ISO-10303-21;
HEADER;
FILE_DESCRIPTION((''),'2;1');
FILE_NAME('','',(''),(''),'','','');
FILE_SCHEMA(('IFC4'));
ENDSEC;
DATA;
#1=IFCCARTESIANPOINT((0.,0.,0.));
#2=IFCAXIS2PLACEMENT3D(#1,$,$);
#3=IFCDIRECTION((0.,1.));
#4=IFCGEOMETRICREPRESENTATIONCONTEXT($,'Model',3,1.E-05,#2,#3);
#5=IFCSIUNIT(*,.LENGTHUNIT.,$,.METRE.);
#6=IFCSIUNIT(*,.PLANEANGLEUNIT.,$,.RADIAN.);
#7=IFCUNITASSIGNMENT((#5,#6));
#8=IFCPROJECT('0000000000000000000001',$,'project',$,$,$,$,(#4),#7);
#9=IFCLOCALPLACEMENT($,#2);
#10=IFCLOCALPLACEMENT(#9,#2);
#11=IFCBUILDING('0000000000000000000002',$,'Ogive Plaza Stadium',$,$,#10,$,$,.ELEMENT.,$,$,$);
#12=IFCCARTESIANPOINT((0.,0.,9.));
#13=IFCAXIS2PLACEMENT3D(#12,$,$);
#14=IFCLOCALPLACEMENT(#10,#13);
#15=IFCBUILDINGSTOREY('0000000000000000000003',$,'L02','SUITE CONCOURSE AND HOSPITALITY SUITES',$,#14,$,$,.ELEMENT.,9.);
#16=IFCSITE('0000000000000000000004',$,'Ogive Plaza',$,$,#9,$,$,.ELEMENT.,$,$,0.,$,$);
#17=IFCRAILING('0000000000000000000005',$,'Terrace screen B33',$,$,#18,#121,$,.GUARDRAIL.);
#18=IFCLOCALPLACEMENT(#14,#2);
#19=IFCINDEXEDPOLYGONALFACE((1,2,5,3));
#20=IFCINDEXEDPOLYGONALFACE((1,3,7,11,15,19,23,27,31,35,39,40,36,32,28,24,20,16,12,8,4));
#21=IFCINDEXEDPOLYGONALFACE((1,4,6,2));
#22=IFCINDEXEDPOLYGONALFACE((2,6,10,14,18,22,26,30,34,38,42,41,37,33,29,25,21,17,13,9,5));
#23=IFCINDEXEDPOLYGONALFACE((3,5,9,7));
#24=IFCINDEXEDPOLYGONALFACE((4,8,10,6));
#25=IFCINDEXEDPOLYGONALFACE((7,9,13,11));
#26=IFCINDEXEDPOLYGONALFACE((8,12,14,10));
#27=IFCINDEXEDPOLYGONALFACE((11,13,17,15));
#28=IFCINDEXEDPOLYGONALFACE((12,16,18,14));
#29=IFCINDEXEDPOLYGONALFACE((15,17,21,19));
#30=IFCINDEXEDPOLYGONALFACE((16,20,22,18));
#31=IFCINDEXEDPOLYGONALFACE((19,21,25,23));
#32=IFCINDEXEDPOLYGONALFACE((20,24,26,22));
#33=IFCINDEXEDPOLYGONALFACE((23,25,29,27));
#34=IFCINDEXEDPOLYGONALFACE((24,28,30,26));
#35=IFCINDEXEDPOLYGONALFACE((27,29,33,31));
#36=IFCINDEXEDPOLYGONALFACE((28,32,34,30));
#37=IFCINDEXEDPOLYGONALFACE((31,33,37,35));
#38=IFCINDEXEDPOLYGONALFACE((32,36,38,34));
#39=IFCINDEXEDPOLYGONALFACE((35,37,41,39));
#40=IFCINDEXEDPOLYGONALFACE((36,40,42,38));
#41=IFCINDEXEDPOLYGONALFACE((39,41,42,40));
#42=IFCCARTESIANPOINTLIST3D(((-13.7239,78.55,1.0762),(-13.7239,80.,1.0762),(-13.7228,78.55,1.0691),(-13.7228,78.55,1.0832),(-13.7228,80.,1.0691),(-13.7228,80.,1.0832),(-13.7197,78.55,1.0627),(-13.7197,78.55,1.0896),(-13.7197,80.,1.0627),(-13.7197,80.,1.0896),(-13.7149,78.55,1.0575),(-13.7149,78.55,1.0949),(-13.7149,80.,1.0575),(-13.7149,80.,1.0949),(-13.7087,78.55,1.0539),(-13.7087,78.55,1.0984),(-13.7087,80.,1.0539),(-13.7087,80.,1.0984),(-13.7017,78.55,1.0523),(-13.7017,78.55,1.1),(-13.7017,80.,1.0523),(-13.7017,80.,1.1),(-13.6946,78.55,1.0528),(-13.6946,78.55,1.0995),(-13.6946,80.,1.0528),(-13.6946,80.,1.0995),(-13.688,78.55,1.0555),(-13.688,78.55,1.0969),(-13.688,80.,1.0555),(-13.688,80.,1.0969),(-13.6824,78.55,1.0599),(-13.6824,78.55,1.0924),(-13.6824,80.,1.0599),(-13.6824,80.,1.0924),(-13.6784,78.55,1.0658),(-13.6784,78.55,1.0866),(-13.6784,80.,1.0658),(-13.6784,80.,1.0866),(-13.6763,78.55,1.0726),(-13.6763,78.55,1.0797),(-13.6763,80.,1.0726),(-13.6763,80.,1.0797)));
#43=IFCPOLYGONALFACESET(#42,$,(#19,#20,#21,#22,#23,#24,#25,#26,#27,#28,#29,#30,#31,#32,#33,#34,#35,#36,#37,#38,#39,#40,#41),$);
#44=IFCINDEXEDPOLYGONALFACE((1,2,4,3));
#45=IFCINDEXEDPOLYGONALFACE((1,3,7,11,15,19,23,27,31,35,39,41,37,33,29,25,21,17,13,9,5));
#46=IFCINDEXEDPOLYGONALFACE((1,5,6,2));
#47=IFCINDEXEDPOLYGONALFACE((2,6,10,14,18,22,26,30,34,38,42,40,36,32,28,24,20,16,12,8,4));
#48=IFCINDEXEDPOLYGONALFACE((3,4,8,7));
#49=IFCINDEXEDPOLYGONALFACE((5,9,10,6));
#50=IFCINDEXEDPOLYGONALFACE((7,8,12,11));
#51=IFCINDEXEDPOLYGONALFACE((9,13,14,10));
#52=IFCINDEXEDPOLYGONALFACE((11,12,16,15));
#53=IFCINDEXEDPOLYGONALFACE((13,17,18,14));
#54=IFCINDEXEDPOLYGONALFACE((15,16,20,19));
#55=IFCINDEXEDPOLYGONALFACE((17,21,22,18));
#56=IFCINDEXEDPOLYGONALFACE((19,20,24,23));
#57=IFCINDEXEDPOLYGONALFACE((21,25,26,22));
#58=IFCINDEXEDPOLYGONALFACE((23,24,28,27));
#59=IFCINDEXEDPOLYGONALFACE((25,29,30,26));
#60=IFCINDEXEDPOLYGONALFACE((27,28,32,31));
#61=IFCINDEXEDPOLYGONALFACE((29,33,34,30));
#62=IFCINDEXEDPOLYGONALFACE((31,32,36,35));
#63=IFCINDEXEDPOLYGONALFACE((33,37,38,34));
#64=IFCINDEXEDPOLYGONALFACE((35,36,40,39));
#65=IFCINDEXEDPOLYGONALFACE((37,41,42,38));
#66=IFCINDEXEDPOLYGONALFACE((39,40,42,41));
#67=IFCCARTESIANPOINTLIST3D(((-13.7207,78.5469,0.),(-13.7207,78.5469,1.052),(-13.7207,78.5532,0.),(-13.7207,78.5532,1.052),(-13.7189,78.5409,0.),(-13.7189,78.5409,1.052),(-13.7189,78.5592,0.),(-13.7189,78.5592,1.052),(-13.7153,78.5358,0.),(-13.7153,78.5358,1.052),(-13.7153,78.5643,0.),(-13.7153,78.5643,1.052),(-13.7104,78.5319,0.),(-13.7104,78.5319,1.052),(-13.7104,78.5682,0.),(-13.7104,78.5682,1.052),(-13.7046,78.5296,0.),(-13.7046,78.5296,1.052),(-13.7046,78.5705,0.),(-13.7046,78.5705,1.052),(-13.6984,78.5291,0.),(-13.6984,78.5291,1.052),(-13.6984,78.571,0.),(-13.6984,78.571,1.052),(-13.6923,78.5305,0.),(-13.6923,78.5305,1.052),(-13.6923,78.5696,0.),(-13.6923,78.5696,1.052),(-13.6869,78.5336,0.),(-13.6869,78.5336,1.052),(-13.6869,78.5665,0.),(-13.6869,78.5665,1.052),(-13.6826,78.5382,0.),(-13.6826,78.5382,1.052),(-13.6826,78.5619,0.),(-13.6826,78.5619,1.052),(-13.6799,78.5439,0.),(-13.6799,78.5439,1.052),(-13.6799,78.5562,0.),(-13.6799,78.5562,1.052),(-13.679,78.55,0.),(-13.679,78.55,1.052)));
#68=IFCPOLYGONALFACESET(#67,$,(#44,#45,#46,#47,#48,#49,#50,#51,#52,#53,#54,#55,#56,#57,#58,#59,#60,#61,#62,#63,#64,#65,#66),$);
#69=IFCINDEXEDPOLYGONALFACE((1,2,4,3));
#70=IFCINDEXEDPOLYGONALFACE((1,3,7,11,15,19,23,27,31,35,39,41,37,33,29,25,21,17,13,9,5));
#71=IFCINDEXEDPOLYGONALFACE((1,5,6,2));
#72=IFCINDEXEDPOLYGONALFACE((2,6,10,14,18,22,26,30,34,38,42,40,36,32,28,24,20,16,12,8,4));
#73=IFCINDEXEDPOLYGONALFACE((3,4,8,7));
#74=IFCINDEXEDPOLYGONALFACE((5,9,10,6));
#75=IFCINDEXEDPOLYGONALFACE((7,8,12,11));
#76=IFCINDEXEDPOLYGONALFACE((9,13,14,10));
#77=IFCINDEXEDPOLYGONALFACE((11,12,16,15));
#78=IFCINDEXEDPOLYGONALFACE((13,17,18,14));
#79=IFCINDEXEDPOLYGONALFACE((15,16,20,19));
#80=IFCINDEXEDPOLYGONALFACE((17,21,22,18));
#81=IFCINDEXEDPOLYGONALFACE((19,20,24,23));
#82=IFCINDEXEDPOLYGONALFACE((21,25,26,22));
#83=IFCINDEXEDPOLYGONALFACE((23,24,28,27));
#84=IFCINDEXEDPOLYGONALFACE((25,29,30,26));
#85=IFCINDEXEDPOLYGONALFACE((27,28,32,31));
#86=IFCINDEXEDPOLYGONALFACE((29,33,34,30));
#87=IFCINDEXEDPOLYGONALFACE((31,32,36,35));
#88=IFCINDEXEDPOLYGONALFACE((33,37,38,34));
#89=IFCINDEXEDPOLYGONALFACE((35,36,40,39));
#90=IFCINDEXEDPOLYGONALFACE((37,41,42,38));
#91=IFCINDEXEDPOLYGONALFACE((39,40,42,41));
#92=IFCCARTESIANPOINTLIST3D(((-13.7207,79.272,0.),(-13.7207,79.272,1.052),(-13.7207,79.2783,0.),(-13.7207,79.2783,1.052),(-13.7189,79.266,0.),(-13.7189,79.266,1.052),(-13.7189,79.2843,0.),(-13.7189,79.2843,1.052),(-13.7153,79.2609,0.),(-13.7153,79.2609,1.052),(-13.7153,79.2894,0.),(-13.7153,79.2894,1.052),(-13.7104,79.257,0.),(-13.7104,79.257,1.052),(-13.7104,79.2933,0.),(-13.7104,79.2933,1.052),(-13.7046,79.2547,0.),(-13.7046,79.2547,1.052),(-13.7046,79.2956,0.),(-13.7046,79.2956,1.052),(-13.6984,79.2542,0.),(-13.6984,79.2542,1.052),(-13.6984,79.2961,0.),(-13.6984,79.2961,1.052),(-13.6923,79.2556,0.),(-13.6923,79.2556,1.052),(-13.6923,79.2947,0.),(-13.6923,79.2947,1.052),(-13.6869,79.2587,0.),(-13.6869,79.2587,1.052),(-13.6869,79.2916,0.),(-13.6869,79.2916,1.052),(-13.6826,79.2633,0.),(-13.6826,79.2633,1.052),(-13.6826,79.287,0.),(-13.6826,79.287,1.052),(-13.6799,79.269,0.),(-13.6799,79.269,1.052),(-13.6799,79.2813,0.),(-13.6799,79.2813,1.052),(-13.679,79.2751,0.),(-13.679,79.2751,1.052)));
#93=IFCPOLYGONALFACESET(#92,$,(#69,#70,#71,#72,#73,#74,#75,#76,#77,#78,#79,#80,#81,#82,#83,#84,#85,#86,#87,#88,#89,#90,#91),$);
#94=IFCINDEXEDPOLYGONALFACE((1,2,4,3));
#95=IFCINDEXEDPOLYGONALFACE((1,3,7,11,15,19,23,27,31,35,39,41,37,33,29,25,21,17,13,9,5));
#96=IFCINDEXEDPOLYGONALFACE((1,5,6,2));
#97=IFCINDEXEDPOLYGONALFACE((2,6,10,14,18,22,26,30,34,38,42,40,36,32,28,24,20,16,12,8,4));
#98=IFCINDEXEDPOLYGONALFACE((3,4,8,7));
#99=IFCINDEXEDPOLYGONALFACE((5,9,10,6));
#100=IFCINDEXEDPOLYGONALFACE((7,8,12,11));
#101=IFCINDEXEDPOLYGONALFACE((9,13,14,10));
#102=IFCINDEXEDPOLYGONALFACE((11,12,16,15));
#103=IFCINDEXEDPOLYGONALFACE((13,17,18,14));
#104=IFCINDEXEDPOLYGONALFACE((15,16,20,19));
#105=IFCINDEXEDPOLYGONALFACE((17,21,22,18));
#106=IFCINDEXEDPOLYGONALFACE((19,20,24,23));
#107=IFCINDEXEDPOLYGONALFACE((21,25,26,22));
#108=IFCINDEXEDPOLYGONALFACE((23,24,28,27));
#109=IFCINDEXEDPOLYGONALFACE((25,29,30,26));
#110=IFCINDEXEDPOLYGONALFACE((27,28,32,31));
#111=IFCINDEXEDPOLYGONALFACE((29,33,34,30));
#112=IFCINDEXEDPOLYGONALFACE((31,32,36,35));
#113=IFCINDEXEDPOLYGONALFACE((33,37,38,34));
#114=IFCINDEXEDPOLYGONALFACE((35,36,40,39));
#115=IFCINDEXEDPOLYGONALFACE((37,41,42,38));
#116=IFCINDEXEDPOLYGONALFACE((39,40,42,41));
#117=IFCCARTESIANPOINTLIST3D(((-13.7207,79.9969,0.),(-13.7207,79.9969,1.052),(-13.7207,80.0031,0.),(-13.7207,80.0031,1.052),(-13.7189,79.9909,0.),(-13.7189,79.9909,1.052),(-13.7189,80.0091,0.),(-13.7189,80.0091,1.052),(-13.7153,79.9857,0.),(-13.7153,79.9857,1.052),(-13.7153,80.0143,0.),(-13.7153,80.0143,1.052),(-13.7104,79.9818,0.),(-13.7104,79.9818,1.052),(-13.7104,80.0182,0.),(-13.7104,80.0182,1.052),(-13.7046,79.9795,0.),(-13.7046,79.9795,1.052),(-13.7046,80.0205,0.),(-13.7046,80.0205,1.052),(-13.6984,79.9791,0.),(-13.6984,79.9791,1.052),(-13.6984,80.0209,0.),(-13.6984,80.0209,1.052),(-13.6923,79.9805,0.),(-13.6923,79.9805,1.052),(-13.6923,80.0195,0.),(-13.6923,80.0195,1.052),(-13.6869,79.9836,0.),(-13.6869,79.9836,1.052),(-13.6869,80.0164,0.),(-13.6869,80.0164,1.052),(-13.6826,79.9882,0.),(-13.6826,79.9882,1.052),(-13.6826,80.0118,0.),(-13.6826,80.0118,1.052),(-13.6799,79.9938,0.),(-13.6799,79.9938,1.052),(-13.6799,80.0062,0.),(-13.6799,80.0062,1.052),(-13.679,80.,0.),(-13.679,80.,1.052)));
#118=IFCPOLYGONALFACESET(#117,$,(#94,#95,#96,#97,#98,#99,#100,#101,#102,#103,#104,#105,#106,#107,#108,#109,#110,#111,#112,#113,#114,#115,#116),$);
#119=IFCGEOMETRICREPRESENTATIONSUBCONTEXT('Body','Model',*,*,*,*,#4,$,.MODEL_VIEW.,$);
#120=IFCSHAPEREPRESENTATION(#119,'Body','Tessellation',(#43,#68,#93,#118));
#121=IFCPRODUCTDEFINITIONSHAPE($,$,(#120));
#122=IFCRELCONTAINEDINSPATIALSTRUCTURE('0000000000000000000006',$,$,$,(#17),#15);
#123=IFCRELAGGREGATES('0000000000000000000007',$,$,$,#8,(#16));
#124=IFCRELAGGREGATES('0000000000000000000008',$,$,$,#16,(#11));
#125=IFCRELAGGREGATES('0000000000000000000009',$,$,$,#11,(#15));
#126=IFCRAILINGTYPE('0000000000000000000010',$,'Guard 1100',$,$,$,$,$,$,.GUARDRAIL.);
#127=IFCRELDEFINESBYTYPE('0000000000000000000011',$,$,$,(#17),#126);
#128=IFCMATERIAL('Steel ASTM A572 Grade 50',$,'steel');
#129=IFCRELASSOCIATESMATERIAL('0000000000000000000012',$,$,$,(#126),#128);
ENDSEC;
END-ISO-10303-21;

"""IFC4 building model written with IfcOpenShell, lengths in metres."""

from ifc_helpers import new_model, si_unit, direction, frame, origin, origin_2d, place, context, subcontext, project, spatial, circle, extrude, material, type_object, element, save


model = new_model("IFC4")

# Units and contexts
model_context = context("Model", 3, precision=1e-05, world=origin(), true_north=direction((0.0, 1.0)))
body_context = subcontext(model_context, "Body", "Model", "MODEL_VIEW")
ifc_project = project(units=[si_unit("LENGTHUNIT", "METRE"), si_unit("PLANEANGLEUNIT", "RADIAN")], contexts=[model_context])

# Site, building, storey
site_placement = place(None, origin())
site = spatial("IfcSite", under=ifc_project, at=site_placement, Name="Ogive Plaza", CompositionType="ELEMENT", RefElevation=0.0)
building_placement = place(site_placement, origin())
building = spatial("IfcBuilding", under=site, at=building_placement, Name="Ogive Plaza Stadium", CompositionType="ELEMENT")
storey_placement = place(building_placement, frame((0.0, 0.0, 9.0)))
storey = spatial("IfcBuildingStorey", under=building, at=storey_placement, Name="L02", Description="SUITE CONCOURSE AND HOSPITALITY SUITES", CompositionType="ELEMENT", Elevation=9.0)

# Railing
ifc_material_1 = material(Name="Steel ASTM A572 Grade 50", Category="steel")
railing_type_1 = type_object("IfcRailingType", Name="Guard 1100", PredefinedType="GUARDRAIL", material=ifc_material_1)
railing_1_placement = place(storey_placement, frame((-13.7, 78.55, 0.0)))
element("IfcRailing", 1, at=railing_1_placement, inside=storey, type_object=railing_type_1, Name="Terrace screen B33", PredefinedType="GUARDRAIL", context=body_context, shape_type="SweptSolid", body=[
    extrude(circle(Radius=0.0239, at=origin_2d()), frame((0.0, 0.0, 1.0762), z_axis=(0.0, 1.0, 0.0), x_axis=(-1.0, 0.0, 0.0)), (0.0, 0.0, 1.0), 1.45),
    extrude(circle(Radius=0.021, at=origin_2d()), origin(), (0.0, 0.0, 1.0), 1.052),
    extrude(circle(Radius=0.021, at=origin_2d()), frame((0.0, 0.7251, 0.0)), (0.0, 0.0, 1.0), 1.052),
    extrude(circle(Radius=0.021, at=origin_2d()), frame((0.0, 1.45, 0.0)), (0.0, 0.0, 1.0), 1.052),
])

save(model, "model.ifc")
